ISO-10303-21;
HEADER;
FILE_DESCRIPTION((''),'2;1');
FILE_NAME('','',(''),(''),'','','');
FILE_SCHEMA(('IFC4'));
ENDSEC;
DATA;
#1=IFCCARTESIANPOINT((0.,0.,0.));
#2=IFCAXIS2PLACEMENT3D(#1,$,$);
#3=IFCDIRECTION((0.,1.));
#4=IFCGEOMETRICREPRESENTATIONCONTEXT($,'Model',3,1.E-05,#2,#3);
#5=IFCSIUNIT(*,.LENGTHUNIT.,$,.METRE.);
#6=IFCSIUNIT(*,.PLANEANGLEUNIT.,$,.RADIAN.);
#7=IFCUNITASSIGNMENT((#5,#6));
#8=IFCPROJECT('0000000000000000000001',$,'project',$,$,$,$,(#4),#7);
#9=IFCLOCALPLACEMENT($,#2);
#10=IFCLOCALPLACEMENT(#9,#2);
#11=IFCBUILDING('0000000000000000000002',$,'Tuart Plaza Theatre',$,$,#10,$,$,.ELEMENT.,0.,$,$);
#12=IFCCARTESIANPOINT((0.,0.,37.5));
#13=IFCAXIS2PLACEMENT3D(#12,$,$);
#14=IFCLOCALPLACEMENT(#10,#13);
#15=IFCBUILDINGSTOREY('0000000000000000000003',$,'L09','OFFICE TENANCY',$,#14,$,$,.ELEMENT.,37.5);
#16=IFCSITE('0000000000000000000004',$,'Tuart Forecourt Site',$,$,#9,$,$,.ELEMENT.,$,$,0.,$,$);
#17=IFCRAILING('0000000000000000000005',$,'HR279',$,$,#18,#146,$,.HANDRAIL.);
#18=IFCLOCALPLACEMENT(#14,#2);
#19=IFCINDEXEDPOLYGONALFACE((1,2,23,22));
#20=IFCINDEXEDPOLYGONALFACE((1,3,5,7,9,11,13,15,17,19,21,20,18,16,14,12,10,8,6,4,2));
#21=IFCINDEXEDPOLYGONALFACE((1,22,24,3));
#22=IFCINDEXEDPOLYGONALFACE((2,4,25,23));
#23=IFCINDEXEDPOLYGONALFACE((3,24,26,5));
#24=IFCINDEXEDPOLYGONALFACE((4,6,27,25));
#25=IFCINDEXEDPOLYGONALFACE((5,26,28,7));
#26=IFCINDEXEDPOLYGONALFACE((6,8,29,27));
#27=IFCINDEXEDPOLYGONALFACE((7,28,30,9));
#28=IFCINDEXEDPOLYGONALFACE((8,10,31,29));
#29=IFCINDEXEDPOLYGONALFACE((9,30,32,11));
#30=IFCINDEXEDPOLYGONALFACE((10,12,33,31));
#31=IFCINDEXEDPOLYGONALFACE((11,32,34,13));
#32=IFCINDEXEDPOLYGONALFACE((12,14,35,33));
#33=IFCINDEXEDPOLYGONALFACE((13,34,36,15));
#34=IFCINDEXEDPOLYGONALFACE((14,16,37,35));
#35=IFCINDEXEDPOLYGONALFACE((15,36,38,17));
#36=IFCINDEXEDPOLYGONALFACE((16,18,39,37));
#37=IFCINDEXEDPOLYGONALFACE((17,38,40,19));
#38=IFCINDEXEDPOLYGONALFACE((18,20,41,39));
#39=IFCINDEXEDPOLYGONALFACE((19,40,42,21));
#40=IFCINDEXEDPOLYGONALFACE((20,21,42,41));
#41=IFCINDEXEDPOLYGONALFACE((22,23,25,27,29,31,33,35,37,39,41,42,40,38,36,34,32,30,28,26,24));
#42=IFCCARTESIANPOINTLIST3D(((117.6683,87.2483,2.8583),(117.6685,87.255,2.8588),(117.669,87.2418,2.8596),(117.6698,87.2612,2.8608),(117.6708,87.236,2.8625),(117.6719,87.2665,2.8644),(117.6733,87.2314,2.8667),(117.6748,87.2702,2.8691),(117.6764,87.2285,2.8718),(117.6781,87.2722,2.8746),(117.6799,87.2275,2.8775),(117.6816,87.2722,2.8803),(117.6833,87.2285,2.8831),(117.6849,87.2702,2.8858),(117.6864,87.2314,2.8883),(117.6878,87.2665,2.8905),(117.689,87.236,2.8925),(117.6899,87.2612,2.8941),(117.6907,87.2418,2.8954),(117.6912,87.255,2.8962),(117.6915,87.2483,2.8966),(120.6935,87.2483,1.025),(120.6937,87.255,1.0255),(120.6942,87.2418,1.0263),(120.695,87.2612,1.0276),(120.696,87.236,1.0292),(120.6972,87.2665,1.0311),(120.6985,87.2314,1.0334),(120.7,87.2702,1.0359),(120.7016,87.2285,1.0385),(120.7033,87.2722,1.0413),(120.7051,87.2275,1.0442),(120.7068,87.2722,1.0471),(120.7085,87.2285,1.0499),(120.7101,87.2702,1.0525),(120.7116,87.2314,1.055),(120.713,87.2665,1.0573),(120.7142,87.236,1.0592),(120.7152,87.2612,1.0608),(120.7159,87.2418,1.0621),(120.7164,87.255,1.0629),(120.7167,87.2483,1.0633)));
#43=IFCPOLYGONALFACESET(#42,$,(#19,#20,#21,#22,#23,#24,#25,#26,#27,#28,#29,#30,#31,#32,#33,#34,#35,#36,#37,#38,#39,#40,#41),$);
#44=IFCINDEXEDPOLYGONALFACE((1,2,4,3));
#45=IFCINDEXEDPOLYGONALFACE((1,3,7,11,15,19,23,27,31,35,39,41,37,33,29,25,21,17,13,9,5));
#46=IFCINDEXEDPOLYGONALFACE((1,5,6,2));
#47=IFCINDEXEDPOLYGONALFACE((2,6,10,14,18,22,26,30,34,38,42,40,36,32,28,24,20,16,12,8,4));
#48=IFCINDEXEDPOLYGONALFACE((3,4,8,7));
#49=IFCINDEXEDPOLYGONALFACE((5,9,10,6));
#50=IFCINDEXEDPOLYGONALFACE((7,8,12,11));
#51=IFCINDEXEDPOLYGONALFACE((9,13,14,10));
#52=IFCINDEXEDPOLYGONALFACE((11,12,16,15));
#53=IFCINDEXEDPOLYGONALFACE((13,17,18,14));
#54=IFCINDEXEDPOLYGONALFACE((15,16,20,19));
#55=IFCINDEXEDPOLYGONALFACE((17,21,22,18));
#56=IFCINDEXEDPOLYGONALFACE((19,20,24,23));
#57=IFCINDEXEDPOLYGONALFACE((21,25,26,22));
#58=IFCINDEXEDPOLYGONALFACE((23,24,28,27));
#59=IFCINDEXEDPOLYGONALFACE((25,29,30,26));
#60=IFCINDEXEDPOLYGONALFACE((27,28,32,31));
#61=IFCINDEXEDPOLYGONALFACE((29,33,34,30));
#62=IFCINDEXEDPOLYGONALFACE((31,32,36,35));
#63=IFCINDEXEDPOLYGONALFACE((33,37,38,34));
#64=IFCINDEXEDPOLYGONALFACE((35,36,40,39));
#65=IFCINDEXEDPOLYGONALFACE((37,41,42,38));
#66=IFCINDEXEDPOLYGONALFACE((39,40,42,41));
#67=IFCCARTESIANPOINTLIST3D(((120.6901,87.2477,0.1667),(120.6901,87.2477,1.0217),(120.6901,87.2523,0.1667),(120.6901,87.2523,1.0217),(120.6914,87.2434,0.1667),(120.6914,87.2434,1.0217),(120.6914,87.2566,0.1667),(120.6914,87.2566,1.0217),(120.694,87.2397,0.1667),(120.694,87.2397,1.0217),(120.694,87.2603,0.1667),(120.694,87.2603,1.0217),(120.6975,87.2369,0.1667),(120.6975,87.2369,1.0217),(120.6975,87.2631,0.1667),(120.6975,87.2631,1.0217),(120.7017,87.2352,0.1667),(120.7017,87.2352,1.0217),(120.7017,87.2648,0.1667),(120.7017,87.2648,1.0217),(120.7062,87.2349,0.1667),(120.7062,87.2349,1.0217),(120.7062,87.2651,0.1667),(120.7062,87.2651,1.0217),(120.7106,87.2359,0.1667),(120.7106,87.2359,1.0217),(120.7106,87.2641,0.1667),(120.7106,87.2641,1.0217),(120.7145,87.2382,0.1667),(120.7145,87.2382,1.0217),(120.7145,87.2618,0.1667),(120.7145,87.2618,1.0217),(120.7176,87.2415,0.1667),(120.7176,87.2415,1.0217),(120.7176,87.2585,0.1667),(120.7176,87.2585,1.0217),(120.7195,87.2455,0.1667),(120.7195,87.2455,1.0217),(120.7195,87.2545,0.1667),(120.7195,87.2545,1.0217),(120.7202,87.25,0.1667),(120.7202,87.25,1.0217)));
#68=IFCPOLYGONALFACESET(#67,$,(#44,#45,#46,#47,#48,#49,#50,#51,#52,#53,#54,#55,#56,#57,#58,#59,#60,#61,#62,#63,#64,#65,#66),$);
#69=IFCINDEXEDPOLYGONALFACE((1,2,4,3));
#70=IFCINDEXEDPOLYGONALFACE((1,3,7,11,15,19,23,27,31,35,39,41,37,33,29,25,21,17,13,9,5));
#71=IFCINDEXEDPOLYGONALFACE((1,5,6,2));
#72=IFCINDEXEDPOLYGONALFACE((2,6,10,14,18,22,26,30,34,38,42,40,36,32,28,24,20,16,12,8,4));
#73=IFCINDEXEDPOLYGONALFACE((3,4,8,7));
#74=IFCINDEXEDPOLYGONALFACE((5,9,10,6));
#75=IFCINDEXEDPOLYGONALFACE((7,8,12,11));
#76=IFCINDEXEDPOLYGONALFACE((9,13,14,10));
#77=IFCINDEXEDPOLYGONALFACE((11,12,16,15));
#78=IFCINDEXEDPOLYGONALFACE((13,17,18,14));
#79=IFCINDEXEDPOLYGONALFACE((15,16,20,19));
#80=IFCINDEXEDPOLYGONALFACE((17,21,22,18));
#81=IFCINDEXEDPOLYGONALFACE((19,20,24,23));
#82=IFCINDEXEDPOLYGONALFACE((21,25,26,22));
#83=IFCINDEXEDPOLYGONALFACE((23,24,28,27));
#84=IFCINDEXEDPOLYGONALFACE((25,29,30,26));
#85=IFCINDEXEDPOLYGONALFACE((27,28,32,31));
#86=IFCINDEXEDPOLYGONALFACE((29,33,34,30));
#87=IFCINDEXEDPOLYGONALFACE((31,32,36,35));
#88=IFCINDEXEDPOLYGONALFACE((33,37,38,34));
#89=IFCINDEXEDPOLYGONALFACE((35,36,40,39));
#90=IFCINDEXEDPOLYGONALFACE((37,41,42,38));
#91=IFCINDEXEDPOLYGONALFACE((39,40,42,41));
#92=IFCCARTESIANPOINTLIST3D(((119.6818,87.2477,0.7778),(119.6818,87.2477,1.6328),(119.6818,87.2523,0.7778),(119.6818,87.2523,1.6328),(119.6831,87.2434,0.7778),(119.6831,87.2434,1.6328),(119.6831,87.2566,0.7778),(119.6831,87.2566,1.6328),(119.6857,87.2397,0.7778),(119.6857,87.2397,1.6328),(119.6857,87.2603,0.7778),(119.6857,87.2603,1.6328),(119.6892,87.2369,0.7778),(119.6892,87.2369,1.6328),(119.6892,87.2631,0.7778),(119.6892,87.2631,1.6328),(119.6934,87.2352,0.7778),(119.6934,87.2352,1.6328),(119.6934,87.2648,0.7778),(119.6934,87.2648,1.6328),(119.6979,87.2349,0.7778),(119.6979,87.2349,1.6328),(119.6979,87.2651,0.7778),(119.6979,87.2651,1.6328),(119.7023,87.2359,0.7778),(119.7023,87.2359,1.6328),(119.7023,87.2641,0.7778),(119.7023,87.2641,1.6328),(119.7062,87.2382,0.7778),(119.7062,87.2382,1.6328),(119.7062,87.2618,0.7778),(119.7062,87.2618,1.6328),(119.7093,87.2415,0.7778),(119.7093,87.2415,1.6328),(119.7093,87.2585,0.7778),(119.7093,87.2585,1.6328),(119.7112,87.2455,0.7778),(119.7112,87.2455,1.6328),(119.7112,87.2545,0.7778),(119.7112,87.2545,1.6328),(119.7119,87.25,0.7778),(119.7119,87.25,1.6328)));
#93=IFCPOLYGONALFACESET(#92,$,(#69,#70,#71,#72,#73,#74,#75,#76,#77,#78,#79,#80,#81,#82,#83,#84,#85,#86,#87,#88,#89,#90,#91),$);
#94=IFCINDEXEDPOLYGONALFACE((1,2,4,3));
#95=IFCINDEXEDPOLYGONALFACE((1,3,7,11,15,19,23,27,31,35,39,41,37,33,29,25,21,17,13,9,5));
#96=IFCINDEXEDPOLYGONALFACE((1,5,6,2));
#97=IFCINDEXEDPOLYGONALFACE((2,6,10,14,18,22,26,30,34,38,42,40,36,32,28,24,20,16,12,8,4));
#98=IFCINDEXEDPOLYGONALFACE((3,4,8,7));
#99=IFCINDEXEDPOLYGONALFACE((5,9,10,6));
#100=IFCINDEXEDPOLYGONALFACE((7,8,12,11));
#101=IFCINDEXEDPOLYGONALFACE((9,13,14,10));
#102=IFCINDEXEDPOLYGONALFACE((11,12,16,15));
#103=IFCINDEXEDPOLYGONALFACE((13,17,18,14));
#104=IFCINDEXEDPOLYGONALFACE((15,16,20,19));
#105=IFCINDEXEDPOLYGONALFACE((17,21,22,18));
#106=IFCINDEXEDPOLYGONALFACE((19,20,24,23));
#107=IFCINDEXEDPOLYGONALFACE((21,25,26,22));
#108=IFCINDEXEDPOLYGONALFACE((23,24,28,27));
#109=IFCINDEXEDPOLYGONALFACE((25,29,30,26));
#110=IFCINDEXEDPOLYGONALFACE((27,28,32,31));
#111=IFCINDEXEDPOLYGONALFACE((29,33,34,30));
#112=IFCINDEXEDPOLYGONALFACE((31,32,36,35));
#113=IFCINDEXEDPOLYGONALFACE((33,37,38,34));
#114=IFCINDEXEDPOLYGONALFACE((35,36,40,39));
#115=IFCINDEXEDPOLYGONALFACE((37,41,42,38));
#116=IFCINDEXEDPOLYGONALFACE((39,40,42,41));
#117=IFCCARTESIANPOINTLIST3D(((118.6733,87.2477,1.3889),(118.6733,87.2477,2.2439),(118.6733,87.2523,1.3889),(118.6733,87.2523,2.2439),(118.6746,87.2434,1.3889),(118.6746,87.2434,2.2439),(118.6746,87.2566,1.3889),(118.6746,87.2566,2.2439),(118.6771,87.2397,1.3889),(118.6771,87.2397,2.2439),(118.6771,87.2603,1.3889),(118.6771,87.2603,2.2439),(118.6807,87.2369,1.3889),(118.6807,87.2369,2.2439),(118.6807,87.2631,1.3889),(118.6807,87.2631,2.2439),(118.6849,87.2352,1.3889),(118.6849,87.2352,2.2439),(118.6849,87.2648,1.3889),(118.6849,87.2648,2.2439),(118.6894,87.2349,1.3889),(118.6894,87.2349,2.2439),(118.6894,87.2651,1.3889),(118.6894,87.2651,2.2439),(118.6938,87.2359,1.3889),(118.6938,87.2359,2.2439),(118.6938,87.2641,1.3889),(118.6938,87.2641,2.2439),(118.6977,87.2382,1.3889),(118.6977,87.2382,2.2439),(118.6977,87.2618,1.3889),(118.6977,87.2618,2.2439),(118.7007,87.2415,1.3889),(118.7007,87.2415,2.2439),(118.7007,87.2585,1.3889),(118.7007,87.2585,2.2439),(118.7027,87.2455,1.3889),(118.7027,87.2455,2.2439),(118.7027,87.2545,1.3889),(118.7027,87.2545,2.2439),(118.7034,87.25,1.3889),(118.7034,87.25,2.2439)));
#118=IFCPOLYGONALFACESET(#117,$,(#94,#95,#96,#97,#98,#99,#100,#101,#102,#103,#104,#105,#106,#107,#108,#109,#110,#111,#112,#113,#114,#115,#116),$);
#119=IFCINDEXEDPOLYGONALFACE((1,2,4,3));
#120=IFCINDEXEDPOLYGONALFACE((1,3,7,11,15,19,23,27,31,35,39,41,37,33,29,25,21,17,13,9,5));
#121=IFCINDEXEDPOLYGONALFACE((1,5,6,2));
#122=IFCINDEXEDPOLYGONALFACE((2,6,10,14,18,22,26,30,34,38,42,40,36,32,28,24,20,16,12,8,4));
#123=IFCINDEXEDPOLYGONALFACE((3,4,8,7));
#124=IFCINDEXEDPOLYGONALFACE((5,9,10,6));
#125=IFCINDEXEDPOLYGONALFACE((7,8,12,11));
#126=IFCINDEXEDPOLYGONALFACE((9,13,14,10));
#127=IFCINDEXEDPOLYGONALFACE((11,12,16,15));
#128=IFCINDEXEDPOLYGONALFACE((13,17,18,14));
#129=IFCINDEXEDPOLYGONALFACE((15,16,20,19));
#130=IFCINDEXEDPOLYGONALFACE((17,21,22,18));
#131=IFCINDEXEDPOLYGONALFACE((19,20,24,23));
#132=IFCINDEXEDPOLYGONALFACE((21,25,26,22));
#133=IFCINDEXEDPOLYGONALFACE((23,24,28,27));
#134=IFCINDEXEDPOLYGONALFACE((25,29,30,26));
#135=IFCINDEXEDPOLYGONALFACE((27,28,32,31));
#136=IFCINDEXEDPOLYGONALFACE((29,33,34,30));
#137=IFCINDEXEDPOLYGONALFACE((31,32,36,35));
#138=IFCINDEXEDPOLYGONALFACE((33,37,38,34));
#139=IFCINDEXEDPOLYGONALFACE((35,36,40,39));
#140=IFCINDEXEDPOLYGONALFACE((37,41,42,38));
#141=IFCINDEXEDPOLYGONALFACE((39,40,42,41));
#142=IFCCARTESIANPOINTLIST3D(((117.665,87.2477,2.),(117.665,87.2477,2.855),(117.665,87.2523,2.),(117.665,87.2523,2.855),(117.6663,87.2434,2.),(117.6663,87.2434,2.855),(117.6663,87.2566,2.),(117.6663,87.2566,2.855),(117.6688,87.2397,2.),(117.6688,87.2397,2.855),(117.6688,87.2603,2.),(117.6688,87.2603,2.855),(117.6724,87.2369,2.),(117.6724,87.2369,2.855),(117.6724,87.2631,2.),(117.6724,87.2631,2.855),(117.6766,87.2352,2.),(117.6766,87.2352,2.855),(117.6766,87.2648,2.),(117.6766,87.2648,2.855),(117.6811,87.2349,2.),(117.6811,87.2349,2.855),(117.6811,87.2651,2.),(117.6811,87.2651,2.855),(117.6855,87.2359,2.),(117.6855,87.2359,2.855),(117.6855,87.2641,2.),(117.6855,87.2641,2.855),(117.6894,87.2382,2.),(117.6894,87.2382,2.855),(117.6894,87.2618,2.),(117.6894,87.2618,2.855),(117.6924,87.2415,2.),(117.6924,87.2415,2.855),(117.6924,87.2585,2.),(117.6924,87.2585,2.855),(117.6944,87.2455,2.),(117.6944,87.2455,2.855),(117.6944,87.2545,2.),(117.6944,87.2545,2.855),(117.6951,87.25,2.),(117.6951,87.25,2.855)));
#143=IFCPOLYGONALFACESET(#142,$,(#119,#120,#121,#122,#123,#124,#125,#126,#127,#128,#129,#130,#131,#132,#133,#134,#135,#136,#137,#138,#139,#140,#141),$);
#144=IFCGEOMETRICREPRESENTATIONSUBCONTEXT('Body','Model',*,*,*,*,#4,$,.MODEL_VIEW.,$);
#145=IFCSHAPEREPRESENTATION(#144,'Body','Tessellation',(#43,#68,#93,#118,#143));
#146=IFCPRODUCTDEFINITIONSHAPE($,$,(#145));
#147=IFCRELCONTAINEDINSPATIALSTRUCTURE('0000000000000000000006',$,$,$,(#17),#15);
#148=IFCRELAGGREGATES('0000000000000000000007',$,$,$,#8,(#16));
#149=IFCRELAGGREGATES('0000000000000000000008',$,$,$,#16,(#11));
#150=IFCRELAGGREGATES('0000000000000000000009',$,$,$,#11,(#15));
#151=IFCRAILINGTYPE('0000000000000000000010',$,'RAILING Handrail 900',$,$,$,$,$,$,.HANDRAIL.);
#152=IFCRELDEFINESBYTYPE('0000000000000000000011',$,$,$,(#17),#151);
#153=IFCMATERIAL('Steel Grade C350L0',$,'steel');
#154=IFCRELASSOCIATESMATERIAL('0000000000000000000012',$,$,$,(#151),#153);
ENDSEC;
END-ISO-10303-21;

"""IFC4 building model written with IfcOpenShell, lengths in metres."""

from ifc_helpers import new_model, si_unit, direction, frame, origin, origin_2d, place, context, subcontext, project, spatial, circle, extrude, material, type_object, element, save


model = new_model("IFC4")

# Units and contexts
model_context = context("Model", 3, precision=1e-05, world=origin(), true_north=direction((0.0, 1.0)))
body_context = subcontext(model_context, "Body", "Model", "MODEL_VIEW")
ifc_project = project(units=[si_unit("LENGTHUNIT", "METRE"), si_unit("PLANEANGLEUNIT", "RADIAN")], contexts=[model_context])

# Site, building, storey
site_placement = place(None, origin())
site = spatial("IfcSite", under=ifc_project, at=site_placement, Name="Tuart Forecourt Site", CompositionType="ELEMENT", RefElevation=0.0)
building_placement = place(site_placement, origin())
building = spatial("IfcBuilding", under=site, at=building_placement, Name="Tuart Plaza Theatre", CompositionType="ELEMENT", ElevationOfRefHeight=0.0)
storey_placement = place(building_placement, frame((0.0, 0.0, 37.5)))
storey = spatial("IfcBuildingStorey", under=building, at=storey_placement, Name="L09", Description="OFFICE TENANCY", CompositionType="ELEMENT", Elevation=37.5)

# Railing
ifc_material_1 = material(Name="Steel Grade C350L0", Category="steel")
railing_type_1 = type_object("IfcRailingType", Name="RAILING Handrail 900", PredefinedType="HANDRAIL", material=ifc_material_1)
for number, where, name in (
    (1, (120.7051, 87.25, 0.1667), "HR279"),
):
    element("IfcRailing", number, at=place(storey_placement, frame(where)), inside=storey, type_object=railing_type_1, Name=name, PredefinedType="HANDRAIL", context=body_context, shape_type="SweptSolid", body=[
        extrude(circle(Radius=0.0225, at=origin_2d()), frame((0.0, 0.0, 0.8774), z_axis=(-0.855219, 0.0, 0.518267), x_axis=(0.0, -1.0, 0.0)), (0.0, 0.0, 1.0), 3.5374),
        extrude(circle(Radius=0.0151, at=origin_2d()), origin(), (0.0, 0.0, 1.0), 0.855),
        extrude(circle(Radius=0.0151, at=origin_2d()), frame((-1.0083, 0.0, 0.6111)), (0.0, 0.0, 1.0), 0.855),
        extrude(circle(Radius=0.0151, at=origin_2d()), frame((-2.0168, 0.0, 1.2222)), (0.0, 0.0, 1.0), 0.855),
        extrude(circle(Radius=0.0151, at=origin_2d()), frame((-3.0251, 0.0, 1.8333)), (0.0, 0.0, 1.0), 0.855),
    ])

save(model, "model.ifc")
